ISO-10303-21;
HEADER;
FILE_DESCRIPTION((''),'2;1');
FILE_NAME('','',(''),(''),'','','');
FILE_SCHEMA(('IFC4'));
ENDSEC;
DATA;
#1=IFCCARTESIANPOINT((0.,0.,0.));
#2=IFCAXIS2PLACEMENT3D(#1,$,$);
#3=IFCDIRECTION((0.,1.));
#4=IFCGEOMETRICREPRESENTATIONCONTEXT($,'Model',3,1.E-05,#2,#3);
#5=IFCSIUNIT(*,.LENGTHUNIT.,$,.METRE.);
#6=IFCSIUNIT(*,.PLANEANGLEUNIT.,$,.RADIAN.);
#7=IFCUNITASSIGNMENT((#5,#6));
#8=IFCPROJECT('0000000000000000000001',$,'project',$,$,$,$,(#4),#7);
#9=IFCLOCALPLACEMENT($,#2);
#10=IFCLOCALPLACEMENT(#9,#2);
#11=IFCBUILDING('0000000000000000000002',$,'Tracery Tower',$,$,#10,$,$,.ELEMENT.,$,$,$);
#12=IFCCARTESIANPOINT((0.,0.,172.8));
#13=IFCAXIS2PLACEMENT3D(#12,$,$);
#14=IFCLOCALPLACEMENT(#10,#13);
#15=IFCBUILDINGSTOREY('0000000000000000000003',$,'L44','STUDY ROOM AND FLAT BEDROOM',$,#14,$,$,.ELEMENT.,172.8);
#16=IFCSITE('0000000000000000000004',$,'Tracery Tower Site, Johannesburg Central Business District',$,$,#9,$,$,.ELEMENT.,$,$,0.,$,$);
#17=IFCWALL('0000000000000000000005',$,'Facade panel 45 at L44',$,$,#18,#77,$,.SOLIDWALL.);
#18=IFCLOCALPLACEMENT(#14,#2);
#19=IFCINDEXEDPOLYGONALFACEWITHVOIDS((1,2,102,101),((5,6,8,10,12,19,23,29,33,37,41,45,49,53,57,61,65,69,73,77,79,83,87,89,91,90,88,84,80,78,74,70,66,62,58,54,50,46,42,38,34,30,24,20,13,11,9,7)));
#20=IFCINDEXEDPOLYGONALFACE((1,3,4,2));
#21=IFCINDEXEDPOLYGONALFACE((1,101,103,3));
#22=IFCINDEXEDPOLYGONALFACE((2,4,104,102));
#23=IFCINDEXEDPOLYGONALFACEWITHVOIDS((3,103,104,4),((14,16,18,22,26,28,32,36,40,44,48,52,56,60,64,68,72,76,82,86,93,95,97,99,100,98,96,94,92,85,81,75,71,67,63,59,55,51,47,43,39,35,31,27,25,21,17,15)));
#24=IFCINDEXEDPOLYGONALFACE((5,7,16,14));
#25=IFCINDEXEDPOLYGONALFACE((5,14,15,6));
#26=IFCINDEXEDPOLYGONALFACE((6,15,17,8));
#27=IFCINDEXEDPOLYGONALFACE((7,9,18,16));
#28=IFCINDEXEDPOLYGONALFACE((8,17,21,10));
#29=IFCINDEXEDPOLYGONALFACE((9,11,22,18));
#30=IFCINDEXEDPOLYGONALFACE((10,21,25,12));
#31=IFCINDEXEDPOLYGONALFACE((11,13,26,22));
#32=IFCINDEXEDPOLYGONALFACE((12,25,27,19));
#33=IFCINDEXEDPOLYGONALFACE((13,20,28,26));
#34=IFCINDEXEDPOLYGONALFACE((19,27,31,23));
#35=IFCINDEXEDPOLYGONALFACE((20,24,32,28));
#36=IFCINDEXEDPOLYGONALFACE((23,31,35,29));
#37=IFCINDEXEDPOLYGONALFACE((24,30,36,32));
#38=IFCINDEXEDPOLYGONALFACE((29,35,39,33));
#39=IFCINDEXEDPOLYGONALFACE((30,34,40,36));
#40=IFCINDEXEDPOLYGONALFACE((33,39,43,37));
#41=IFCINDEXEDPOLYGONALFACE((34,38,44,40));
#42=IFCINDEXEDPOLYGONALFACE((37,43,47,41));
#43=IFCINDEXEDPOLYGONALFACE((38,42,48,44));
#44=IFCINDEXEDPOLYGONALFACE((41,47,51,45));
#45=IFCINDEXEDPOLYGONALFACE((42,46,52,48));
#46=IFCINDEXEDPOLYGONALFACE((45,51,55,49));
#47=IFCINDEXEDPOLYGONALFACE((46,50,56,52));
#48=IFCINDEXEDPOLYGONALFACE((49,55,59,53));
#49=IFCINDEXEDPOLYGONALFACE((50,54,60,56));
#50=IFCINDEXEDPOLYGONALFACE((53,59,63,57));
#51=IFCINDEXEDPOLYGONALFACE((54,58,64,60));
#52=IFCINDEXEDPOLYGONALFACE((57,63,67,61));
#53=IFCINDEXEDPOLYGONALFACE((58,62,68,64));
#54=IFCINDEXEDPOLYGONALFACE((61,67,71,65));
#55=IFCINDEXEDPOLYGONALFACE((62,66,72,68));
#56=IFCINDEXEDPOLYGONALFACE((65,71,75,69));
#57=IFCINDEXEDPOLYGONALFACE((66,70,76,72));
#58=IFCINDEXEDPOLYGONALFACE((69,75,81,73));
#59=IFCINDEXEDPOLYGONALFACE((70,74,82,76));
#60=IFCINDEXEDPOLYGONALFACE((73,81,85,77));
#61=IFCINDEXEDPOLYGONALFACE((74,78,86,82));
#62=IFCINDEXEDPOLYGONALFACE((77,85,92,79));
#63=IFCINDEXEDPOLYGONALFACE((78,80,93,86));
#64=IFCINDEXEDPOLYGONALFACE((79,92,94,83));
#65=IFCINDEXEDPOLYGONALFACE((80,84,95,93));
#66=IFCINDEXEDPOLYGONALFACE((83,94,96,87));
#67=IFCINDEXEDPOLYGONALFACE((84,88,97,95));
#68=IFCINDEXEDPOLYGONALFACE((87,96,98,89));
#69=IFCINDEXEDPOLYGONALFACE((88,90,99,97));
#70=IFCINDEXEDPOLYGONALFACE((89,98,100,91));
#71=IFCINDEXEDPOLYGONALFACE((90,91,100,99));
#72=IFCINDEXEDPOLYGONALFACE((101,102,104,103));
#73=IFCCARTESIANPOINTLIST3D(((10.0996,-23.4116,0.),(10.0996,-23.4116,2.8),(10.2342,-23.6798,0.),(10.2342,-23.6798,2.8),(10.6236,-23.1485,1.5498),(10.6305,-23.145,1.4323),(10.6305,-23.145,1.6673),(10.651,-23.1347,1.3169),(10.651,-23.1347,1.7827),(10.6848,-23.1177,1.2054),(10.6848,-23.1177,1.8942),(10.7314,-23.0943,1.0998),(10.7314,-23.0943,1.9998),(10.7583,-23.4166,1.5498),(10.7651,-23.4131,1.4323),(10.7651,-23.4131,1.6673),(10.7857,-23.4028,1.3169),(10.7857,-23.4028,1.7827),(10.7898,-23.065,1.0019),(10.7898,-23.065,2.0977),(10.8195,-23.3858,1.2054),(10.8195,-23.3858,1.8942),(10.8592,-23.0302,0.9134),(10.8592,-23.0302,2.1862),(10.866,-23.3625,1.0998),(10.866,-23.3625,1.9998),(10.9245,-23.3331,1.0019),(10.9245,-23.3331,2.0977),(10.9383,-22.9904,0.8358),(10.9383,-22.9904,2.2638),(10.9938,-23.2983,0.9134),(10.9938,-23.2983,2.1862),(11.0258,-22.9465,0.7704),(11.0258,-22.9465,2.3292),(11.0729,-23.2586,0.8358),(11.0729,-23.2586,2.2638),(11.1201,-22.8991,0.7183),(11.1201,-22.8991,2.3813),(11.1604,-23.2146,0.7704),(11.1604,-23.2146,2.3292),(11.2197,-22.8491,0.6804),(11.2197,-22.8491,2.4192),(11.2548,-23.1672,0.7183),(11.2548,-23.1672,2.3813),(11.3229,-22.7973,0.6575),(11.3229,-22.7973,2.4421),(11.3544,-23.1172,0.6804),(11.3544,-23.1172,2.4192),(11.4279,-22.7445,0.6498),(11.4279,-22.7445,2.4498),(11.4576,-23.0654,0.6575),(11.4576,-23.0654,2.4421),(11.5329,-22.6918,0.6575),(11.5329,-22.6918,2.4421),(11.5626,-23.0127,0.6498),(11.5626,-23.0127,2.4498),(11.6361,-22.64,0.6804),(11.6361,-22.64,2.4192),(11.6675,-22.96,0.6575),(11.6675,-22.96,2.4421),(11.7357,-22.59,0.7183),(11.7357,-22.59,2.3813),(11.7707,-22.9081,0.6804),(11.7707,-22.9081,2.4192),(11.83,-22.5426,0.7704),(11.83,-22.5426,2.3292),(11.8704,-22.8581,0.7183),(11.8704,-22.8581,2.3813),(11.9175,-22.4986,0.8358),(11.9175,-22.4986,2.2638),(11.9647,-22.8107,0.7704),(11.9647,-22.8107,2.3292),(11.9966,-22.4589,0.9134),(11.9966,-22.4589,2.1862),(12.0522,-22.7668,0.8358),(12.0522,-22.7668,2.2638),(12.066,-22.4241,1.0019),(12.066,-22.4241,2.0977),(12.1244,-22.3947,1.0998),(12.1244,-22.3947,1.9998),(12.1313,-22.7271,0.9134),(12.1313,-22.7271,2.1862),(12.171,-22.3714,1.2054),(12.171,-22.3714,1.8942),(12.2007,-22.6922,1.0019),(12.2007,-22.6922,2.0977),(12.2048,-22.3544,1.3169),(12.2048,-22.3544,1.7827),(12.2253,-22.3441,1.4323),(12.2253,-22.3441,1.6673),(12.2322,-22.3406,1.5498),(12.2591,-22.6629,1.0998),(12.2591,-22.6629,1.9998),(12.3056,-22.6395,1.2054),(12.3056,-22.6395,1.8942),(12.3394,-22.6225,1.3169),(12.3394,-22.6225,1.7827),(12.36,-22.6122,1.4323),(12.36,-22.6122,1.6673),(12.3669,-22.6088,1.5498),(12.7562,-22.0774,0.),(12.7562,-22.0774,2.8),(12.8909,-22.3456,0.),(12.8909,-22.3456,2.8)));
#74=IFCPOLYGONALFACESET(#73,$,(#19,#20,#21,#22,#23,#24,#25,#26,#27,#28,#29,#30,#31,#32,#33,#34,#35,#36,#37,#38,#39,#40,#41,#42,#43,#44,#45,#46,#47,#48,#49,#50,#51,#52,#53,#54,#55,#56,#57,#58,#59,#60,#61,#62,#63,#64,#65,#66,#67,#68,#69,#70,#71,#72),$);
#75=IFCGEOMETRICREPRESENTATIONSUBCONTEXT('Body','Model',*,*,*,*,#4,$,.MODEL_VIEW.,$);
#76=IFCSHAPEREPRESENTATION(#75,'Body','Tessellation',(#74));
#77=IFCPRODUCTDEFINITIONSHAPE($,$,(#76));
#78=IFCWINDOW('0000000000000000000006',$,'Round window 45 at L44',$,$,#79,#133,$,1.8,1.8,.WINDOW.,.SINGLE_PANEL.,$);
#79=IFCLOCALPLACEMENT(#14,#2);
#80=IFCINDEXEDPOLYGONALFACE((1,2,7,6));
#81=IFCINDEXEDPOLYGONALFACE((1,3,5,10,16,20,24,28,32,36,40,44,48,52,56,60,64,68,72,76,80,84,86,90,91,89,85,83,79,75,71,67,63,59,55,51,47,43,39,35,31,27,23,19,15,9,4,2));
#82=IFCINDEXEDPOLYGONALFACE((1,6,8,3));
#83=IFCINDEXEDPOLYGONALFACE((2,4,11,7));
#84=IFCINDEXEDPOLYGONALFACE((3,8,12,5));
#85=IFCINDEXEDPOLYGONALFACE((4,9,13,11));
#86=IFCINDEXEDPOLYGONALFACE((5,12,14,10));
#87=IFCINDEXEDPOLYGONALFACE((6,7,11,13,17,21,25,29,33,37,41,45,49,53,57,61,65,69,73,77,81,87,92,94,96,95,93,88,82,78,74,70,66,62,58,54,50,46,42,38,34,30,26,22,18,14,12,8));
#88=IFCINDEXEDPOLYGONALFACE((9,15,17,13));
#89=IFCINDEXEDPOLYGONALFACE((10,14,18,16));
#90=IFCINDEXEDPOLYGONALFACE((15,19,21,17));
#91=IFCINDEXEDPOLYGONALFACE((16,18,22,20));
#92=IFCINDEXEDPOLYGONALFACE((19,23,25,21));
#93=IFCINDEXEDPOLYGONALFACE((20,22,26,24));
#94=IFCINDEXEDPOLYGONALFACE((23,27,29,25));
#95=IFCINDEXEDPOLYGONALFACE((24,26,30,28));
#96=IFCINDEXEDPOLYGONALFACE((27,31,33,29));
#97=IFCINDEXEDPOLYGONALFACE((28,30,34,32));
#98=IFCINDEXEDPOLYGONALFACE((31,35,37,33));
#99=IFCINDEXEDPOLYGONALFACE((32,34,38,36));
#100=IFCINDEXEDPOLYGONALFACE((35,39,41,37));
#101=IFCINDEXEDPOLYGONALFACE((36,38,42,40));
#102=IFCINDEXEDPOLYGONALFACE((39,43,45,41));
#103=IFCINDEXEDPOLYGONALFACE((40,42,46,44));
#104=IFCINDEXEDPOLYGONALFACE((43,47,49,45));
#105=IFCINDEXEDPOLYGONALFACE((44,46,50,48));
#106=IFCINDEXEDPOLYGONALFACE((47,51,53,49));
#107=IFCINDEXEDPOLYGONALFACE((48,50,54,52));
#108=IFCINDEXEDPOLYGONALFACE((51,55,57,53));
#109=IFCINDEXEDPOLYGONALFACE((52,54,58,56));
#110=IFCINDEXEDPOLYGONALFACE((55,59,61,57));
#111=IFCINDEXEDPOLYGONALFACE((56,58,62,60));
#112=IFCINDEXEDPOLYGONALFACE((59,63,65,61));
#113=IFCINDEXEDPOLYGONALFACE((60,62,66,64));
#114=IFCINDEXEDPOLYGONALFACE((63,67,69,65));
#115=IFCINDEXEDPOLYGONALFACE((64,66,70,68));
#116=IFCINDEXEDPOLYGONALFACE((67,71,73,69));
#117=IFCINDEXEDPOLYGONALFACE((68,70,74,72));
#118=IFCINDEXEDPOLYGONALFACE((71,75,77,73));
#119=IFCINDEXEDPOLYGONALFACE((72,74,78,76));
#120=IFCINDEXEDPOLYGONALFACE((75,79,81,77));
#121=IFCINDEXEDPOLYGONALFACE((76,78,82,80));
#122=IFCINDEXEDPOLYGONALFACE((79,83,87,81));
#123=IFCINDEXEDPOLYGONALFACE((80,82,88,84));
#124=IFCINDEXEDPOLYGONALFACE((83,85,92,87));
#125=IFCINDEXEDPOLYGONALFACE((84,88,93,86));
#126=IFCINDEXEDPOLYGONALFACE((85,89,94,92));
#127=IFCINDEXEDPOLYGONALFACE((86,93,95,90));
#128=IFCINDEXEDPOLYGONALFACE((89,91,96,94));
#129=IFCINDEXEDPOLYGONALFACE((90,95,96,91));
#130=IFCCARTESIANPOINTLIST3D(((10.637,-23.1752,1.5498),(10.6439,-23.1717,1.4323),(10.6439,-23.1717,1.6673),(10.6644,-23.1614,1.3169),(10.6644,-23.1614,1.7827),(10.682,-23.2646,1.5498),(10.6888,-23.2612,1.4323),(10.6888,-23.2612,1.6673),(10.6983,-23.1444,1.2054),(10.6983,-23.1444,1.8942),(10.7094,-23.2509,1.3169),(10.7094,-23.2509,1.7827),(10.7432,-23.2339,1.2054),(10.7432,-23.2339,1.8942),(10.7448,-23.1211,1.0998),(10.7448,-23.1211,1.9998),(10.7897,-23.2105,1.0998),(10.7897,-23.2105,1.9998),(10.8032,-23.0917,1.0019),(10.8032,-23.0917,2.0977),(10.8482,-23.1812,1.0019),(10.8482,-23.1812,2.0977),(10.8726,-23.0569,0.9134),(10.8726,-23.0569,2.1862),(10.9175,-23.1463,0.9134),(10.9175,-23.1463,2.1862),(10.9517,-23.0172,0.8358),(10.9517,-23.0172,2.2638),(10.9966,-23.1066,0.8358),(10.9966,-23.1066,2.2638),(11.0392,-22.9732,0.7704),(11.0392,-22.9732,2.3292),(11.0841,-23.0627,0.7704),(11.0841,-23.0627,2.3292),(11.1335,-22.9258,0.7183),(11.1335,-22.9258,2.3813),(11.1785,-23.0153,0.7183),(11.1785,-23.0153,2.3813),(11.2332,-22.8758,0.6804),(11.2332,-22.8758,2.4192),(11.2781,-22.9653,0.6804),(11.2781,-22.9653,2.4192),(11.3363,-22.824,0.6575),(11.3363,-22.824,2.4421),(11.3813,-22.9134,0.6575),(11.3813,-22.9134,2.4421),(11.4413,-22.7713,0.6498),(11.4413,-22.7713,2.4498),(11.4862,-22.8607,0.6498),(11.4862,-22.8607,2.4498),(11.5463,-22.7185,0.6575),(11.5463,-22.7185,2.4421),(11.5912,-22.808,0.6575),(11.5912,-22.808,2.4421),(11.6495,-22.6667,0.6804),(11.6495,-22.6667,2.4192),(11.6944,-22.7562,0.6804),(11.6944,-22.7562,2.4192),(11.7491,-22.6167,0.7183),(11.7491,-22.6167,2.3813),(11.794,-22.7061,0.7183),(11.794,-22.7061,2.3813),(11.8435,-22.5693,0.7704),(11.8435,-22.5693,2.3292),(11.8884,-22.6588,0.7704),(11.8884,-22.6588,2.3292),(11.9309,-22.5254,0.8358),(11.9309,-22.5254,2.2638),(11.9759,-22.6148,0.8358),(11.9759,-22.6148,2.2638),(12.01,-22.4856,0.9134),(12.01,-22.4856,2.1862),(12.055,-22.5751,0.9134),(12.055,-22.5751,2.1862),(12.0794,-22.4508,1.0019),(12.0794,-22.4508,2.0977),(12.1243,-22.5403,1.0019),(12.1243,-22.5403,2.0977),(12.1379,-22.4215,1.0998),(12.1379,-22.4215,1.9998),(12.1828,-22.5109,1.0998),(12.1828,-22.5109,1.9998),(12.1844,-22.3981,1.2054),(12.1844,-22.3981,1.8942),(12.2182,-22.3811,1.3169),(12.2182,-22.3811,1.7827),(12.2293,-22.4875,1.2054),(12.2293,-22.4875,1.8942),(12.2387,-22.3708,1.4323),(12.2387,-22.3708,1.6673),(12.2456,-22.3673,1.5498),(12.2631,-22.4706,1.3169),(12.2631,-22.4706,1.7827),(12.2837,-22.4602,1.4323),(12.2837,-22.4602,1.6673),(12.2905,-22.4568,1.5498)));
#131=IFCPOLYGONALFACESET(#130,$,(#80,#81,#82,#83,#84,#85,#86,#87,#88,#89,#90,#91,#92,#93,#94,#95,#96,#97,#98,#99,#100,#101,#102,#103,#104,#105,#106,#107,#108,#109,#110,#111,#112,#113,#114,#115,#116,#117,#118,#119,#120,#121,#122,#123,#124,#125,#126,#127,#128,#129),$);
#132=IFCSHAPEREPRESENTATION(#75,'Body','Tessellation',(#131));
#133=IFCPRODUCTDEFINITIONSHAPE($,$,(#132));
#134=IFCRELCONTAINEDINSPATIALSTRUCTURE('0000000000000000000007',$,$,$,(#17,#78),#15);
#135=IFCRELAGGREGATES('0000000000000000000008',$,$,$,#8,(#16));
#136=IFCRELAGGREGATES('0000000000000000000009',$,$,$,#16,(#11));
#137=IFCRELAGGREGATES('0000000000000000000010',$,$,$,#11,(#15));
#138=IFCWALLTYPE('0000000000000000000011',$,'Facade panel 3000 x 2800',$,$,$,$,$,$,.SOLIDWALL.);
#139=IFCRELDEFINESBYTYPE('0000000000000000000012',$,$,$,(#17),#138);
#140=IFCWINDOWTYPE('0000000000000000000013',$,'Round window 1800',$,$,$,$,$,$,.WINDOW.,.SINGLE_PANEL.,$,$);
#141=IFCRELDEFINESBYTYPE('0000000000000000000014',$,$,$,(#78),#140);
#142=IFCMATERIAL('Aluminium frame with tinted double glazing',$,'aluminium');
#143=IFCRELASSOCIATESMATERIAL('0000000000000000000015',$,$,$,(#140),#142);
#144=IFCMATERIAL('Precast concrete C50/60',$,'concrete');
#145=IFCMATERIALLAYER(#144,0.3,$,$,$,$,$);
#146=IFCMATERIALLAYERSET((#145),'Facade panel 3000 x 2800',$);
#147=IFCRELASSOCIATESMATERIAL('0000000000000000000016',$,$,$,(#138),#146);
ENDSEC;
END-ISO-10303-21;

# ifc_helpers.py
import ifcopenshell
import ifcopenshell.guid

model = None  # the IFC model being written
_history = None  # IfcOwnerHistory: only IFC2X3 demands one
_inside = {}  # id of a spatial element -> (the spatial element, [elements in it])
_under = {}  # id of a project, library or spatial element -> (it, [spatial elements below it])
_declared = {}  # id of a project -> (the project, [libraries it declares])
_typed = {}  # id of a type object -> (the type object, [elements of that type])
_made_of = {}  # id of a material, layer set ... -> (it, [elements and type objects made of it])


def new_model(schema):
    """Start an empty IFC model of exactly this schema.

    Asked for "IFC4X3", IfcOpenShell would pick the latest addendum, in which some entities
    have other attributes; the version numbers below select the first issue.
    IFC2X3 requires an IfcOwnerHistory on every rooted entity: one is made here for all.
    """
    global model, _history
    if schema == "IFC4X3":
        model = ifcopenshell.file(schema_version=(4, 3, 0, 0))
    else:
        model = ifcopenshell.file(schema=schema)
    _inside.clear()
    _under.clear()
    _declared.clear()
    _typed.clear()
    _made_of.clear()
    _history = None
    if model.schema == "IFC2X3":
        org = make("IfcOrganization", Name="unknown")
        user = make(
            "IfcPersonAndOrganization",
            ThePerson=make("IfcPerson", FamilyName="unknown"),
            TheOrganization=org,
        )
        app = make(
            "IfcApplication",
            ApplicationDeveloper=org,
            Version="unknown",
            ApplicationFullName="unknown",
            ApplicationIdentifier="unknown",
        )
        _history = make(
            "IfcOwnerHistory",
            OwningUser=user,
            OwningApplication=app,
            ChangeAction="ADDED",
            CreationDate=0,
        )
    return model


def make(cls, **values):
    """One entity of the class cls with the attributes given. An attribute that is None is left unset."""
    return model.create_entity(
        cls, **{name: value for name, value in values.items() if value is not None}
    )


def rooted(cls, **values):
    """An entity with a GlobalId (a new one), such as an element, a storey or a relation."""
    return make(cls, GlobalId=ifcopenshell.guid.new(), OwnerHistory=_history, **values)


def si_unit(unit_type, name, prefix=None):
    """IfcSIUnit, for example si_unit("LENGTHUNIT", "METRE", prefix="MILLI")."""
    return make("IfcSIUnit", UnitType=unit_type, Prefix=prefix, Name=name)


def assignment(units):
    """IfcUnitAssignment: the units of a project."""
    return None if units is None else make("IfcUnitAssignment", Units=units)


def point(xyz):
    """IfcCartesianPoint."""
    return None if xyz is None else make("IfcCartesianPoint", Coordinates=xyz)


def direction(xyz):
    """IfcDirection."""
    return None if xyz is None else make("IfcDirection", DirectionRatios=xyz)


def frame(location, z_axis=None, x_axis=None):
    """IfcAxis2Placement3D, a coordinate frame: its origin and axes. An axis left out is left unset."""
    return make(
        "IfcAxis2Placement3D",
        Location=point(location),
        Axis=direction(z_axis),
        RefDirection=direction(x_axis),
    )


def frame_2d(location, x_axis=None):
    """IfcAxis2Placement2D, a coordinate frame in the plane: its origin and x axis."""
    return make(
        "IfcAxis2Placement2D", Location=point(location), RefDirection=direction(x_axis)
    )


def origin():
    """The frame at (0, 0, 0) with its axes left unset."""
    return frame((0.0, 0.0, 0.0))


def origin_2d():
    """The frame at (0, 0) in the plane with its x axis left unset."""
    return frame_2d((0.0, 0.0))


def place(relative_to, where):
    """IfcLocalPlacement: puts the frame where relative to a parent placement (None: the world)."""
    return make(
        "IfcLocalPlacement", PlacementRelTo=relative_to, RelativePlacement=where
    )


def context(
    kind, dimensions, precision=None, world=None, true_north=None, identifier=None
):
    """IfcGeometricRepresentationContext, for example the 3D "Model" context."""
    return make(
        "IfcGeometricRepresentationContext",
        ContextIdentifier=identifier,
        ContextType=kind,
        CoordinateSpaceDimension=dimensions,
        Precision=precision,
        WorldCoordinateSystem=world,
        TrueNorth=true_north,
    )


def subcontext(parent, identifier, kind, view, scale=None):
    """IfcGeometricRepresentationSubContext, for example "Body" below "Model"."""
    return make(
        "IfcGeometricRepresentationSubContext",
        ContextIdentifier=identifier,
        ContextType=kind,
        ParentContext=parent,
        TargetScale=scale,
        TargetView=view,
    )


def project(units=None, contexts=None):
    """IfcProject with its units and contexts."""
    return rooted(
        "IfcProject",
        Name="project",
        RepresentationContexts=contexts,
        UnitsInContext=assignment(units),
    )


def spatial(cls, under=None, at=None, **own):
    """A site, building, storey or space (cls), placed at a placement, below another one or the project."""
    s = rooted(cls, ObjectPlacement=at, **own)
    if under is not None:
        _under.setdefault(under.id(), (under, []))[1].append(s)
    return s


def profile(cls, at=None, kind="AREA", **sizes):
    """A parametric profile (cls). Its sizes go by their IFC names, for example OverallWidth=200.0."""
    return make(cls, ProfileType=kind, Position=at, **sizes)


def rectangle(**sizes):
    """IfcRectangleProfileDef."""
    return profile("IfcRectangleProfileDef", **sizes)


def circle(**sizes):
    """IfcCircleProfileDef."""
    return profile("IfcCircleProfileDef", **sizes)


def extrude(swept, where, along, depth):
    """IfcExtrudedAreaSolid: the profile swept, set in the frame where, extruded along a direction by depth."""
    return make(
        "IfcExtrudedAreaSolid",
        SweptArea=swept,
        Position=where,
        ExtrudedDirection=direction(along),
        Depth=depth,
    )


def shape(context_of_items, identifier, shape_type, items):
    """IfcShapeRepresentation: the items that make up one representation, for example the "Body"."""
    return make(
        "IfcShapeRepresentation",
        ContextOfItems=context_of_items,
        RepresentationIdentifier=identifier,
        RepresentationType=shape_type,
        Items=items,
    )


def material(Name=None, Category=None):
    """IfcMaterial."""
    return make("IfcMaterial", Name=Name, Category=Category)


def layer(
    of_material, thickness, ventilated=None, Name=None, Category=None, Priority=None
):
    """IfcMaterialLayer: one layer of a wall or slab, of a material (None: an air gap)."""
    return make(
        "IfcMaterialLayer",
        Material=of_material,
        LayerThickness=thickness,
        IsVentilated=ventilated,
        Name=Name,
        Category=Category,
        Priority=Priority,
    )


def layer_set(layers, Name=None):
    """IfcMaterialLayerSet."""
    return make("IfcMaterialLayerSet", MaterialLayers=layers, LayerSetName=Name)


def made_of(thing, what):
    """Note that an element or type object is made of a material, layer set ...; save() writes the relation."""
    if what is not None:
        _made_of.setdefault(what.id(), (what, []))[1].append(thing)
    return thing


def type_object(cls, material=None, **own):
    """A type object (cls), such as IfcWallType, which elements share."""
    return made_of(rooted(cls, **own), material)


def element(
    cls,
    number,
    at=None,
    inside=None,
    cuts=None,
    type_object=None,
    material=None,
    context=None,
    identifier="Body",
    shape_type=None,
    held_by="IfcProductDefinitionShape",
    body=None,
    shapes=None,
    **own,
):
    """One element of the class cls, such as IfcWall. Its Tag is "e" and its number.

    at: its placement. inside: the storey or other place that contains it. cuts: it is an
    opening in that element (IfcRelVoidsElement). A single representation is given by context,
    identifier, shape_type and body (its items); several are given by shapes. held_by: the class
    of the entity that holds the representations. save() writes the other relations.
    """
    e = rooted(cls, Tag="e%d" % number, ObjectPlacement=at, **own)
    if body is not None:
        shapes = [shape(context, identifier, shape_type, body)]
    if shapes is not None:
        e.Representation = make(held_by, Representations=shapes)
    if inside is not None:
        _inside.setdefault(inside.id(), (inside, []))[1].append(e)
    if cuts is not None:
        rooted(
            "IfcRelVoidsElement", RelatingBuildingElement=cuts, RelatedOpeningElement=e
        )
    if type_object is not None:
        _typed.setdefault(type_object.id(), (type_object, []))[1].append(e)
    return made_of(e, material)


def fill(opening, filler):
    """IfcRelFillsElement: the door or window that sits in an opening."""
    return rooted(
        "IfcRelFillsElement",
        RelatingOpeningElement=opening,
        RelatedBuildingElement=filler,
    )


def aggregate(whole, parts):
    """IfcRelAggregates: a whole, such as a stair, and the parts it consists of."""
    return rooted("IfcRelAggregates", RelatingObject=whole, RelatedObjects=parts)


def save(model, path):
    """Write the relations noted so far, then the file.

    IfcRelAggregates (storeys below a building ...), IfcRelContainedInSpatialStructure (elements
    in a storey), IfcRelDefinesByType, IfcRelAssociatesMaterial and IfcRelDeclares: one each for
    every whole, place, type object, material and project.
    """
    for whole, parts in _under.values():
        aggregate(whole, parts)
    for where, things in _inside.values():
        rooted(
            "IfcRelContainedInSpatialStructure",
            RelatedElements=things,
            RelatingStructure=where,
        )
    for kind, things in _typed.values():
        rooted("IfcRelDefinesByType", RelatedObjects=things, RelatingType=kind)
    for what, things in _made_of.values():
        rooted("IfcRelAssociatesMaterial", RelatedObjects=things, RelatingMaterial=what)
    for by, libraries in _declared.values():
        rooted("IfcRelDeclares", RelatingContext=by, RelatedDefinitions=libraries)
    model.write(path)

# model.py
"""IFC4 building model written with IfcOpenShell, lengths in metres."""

from ifc_helpers import new_model, si_unit, direction, frame, frame_2d, origin, origin_2d, place, context, subcontext, project, spatial, rectangle, circle, extrude, material, layer, layer_set, type_object, element, fill, save


model = new_model("IFC4")

# Units and contexts
model_context = context("Model", 3, precision=1e-05, world=origin(), true_north=direction((0.0, 1.0)))
body_context = subcontext(model_context, "Body", "Model", "MODEL_VIEW")
ifc_project = project(units=[si_unit("LENGTHUNIT", "METRE"), si_unit("PLANEANGLEUNIT", "RADIAN")], contexts=[model_context])

# Site, building, storey
site_placement = place(None, origin())
site = spatial("IfcSite", under=ifc_project, at=site_placement, Name="Tracery Tower Site, Johannesburg Central Business District", CompositionType="ELEMENT", RefElevation=0.0)
building_placement = place(site_placement, origin())
building = spatial("IfcBuilding", under=site, at=building_placement, Name="Tracery Tower", CompositionType="ELEMENT")
storey_placement = place(building_placement, frame((0.0, 0.0, 172.8)))
storey = spatial("IfcBuildingStorey", under=building, at=storey_placement, Name="L44", Description="STUDY ROOM AND FLAT BEDROOM", CompositionType="ELEMENT", Elevation=172.8)

# Wall, opening, window
ifc_material_1 = material(Name="Aluminium frame with tinted double glazing", Category="aluminium")
window_type = type_object("IfcWindowType", Name="Round window 1800", PartitioningType="SINGLE_PANEL", PredefinedType="WINDOW", material=ifc_material_1)
ifc_material_2 = material(Name="Precast concrete C50/60", Category="concrete")
ifc_layer_1 = layer(ifc_material_2, 0.3)
ifc_layer_set_1 = layer_set([ifc_layer_1], Name="Facade panel 3000 x 2800")
wall_type_1 = type_object("IfcWallType", Name="Facade panel 3000 x 2800", PredefinedType="SOLIDWALL", material=ifc_layer_set_1)
wall_1_placement = place(storey_placement, frame((10.167, -23.5457, 0.0), z_axis=(0.0, 0.0, 1.0), x_axis=(0.893637, 0.44879, 0.0)))
wall_1 = element("IfcWall", 1, at=wall_1_placement, inside=storey, type_object=wall_type_1, Name="Facade panel 45 at L44", PredefinedType="SOLIDWALL", context=body_context, shape_type="SweptSolid", body=[
    extrude(rectangle(XDim=2.9729, YDim=0.3, at=frame_2d((1.4863, 0.0))), origin(), (0.0, 0.0, 1.0), 2.8),
])
opening_1_placement = place(wall_1_placement, frame((1.4863, 0.0, 1.5498)))
opening_1 = element("IfcOpeningElement", 2, at=opening_1_placement, cuts=wall_1, PredefinedType="OPENING", context=body_context, shape_type="SweptSolid", body=[
    extrude(circle(Radius=0.9, at=origin_2d()), frame((0.0, 0.1599, 0.0), z_axis=(0.0, -1.0, 0.0), x_axis=(1.0, 0.0, 0.0)), (0.0, 0.0, 1.0), 0.3201),
])
window_1_placement = place(opening_1_placement, origin())
window_1 = element("IfcWindow", 3, at=window_1_placement, inside=storey, type_object=window_type, Name="Round window 45 at L44", OverallHeight=1.8, OverallWidth=1.8, PartitioningType="SINGLE_PANEL", PredefinedType="WINDOW", context=body_context, shape_type="SweptSolid", body=[
    extrude(circle(Radius=0.9, at=origin_2d()), frame((0.0, 0.1201, 0.0), z_axis=(0.0, -1.0, 0.0), x_axis=(1.0, 0.0, 0.0)), (0.0, 0.0, 1.0), 0.1001),
])
fill(opening_1, window_1)

save(model, "model.ifc")
